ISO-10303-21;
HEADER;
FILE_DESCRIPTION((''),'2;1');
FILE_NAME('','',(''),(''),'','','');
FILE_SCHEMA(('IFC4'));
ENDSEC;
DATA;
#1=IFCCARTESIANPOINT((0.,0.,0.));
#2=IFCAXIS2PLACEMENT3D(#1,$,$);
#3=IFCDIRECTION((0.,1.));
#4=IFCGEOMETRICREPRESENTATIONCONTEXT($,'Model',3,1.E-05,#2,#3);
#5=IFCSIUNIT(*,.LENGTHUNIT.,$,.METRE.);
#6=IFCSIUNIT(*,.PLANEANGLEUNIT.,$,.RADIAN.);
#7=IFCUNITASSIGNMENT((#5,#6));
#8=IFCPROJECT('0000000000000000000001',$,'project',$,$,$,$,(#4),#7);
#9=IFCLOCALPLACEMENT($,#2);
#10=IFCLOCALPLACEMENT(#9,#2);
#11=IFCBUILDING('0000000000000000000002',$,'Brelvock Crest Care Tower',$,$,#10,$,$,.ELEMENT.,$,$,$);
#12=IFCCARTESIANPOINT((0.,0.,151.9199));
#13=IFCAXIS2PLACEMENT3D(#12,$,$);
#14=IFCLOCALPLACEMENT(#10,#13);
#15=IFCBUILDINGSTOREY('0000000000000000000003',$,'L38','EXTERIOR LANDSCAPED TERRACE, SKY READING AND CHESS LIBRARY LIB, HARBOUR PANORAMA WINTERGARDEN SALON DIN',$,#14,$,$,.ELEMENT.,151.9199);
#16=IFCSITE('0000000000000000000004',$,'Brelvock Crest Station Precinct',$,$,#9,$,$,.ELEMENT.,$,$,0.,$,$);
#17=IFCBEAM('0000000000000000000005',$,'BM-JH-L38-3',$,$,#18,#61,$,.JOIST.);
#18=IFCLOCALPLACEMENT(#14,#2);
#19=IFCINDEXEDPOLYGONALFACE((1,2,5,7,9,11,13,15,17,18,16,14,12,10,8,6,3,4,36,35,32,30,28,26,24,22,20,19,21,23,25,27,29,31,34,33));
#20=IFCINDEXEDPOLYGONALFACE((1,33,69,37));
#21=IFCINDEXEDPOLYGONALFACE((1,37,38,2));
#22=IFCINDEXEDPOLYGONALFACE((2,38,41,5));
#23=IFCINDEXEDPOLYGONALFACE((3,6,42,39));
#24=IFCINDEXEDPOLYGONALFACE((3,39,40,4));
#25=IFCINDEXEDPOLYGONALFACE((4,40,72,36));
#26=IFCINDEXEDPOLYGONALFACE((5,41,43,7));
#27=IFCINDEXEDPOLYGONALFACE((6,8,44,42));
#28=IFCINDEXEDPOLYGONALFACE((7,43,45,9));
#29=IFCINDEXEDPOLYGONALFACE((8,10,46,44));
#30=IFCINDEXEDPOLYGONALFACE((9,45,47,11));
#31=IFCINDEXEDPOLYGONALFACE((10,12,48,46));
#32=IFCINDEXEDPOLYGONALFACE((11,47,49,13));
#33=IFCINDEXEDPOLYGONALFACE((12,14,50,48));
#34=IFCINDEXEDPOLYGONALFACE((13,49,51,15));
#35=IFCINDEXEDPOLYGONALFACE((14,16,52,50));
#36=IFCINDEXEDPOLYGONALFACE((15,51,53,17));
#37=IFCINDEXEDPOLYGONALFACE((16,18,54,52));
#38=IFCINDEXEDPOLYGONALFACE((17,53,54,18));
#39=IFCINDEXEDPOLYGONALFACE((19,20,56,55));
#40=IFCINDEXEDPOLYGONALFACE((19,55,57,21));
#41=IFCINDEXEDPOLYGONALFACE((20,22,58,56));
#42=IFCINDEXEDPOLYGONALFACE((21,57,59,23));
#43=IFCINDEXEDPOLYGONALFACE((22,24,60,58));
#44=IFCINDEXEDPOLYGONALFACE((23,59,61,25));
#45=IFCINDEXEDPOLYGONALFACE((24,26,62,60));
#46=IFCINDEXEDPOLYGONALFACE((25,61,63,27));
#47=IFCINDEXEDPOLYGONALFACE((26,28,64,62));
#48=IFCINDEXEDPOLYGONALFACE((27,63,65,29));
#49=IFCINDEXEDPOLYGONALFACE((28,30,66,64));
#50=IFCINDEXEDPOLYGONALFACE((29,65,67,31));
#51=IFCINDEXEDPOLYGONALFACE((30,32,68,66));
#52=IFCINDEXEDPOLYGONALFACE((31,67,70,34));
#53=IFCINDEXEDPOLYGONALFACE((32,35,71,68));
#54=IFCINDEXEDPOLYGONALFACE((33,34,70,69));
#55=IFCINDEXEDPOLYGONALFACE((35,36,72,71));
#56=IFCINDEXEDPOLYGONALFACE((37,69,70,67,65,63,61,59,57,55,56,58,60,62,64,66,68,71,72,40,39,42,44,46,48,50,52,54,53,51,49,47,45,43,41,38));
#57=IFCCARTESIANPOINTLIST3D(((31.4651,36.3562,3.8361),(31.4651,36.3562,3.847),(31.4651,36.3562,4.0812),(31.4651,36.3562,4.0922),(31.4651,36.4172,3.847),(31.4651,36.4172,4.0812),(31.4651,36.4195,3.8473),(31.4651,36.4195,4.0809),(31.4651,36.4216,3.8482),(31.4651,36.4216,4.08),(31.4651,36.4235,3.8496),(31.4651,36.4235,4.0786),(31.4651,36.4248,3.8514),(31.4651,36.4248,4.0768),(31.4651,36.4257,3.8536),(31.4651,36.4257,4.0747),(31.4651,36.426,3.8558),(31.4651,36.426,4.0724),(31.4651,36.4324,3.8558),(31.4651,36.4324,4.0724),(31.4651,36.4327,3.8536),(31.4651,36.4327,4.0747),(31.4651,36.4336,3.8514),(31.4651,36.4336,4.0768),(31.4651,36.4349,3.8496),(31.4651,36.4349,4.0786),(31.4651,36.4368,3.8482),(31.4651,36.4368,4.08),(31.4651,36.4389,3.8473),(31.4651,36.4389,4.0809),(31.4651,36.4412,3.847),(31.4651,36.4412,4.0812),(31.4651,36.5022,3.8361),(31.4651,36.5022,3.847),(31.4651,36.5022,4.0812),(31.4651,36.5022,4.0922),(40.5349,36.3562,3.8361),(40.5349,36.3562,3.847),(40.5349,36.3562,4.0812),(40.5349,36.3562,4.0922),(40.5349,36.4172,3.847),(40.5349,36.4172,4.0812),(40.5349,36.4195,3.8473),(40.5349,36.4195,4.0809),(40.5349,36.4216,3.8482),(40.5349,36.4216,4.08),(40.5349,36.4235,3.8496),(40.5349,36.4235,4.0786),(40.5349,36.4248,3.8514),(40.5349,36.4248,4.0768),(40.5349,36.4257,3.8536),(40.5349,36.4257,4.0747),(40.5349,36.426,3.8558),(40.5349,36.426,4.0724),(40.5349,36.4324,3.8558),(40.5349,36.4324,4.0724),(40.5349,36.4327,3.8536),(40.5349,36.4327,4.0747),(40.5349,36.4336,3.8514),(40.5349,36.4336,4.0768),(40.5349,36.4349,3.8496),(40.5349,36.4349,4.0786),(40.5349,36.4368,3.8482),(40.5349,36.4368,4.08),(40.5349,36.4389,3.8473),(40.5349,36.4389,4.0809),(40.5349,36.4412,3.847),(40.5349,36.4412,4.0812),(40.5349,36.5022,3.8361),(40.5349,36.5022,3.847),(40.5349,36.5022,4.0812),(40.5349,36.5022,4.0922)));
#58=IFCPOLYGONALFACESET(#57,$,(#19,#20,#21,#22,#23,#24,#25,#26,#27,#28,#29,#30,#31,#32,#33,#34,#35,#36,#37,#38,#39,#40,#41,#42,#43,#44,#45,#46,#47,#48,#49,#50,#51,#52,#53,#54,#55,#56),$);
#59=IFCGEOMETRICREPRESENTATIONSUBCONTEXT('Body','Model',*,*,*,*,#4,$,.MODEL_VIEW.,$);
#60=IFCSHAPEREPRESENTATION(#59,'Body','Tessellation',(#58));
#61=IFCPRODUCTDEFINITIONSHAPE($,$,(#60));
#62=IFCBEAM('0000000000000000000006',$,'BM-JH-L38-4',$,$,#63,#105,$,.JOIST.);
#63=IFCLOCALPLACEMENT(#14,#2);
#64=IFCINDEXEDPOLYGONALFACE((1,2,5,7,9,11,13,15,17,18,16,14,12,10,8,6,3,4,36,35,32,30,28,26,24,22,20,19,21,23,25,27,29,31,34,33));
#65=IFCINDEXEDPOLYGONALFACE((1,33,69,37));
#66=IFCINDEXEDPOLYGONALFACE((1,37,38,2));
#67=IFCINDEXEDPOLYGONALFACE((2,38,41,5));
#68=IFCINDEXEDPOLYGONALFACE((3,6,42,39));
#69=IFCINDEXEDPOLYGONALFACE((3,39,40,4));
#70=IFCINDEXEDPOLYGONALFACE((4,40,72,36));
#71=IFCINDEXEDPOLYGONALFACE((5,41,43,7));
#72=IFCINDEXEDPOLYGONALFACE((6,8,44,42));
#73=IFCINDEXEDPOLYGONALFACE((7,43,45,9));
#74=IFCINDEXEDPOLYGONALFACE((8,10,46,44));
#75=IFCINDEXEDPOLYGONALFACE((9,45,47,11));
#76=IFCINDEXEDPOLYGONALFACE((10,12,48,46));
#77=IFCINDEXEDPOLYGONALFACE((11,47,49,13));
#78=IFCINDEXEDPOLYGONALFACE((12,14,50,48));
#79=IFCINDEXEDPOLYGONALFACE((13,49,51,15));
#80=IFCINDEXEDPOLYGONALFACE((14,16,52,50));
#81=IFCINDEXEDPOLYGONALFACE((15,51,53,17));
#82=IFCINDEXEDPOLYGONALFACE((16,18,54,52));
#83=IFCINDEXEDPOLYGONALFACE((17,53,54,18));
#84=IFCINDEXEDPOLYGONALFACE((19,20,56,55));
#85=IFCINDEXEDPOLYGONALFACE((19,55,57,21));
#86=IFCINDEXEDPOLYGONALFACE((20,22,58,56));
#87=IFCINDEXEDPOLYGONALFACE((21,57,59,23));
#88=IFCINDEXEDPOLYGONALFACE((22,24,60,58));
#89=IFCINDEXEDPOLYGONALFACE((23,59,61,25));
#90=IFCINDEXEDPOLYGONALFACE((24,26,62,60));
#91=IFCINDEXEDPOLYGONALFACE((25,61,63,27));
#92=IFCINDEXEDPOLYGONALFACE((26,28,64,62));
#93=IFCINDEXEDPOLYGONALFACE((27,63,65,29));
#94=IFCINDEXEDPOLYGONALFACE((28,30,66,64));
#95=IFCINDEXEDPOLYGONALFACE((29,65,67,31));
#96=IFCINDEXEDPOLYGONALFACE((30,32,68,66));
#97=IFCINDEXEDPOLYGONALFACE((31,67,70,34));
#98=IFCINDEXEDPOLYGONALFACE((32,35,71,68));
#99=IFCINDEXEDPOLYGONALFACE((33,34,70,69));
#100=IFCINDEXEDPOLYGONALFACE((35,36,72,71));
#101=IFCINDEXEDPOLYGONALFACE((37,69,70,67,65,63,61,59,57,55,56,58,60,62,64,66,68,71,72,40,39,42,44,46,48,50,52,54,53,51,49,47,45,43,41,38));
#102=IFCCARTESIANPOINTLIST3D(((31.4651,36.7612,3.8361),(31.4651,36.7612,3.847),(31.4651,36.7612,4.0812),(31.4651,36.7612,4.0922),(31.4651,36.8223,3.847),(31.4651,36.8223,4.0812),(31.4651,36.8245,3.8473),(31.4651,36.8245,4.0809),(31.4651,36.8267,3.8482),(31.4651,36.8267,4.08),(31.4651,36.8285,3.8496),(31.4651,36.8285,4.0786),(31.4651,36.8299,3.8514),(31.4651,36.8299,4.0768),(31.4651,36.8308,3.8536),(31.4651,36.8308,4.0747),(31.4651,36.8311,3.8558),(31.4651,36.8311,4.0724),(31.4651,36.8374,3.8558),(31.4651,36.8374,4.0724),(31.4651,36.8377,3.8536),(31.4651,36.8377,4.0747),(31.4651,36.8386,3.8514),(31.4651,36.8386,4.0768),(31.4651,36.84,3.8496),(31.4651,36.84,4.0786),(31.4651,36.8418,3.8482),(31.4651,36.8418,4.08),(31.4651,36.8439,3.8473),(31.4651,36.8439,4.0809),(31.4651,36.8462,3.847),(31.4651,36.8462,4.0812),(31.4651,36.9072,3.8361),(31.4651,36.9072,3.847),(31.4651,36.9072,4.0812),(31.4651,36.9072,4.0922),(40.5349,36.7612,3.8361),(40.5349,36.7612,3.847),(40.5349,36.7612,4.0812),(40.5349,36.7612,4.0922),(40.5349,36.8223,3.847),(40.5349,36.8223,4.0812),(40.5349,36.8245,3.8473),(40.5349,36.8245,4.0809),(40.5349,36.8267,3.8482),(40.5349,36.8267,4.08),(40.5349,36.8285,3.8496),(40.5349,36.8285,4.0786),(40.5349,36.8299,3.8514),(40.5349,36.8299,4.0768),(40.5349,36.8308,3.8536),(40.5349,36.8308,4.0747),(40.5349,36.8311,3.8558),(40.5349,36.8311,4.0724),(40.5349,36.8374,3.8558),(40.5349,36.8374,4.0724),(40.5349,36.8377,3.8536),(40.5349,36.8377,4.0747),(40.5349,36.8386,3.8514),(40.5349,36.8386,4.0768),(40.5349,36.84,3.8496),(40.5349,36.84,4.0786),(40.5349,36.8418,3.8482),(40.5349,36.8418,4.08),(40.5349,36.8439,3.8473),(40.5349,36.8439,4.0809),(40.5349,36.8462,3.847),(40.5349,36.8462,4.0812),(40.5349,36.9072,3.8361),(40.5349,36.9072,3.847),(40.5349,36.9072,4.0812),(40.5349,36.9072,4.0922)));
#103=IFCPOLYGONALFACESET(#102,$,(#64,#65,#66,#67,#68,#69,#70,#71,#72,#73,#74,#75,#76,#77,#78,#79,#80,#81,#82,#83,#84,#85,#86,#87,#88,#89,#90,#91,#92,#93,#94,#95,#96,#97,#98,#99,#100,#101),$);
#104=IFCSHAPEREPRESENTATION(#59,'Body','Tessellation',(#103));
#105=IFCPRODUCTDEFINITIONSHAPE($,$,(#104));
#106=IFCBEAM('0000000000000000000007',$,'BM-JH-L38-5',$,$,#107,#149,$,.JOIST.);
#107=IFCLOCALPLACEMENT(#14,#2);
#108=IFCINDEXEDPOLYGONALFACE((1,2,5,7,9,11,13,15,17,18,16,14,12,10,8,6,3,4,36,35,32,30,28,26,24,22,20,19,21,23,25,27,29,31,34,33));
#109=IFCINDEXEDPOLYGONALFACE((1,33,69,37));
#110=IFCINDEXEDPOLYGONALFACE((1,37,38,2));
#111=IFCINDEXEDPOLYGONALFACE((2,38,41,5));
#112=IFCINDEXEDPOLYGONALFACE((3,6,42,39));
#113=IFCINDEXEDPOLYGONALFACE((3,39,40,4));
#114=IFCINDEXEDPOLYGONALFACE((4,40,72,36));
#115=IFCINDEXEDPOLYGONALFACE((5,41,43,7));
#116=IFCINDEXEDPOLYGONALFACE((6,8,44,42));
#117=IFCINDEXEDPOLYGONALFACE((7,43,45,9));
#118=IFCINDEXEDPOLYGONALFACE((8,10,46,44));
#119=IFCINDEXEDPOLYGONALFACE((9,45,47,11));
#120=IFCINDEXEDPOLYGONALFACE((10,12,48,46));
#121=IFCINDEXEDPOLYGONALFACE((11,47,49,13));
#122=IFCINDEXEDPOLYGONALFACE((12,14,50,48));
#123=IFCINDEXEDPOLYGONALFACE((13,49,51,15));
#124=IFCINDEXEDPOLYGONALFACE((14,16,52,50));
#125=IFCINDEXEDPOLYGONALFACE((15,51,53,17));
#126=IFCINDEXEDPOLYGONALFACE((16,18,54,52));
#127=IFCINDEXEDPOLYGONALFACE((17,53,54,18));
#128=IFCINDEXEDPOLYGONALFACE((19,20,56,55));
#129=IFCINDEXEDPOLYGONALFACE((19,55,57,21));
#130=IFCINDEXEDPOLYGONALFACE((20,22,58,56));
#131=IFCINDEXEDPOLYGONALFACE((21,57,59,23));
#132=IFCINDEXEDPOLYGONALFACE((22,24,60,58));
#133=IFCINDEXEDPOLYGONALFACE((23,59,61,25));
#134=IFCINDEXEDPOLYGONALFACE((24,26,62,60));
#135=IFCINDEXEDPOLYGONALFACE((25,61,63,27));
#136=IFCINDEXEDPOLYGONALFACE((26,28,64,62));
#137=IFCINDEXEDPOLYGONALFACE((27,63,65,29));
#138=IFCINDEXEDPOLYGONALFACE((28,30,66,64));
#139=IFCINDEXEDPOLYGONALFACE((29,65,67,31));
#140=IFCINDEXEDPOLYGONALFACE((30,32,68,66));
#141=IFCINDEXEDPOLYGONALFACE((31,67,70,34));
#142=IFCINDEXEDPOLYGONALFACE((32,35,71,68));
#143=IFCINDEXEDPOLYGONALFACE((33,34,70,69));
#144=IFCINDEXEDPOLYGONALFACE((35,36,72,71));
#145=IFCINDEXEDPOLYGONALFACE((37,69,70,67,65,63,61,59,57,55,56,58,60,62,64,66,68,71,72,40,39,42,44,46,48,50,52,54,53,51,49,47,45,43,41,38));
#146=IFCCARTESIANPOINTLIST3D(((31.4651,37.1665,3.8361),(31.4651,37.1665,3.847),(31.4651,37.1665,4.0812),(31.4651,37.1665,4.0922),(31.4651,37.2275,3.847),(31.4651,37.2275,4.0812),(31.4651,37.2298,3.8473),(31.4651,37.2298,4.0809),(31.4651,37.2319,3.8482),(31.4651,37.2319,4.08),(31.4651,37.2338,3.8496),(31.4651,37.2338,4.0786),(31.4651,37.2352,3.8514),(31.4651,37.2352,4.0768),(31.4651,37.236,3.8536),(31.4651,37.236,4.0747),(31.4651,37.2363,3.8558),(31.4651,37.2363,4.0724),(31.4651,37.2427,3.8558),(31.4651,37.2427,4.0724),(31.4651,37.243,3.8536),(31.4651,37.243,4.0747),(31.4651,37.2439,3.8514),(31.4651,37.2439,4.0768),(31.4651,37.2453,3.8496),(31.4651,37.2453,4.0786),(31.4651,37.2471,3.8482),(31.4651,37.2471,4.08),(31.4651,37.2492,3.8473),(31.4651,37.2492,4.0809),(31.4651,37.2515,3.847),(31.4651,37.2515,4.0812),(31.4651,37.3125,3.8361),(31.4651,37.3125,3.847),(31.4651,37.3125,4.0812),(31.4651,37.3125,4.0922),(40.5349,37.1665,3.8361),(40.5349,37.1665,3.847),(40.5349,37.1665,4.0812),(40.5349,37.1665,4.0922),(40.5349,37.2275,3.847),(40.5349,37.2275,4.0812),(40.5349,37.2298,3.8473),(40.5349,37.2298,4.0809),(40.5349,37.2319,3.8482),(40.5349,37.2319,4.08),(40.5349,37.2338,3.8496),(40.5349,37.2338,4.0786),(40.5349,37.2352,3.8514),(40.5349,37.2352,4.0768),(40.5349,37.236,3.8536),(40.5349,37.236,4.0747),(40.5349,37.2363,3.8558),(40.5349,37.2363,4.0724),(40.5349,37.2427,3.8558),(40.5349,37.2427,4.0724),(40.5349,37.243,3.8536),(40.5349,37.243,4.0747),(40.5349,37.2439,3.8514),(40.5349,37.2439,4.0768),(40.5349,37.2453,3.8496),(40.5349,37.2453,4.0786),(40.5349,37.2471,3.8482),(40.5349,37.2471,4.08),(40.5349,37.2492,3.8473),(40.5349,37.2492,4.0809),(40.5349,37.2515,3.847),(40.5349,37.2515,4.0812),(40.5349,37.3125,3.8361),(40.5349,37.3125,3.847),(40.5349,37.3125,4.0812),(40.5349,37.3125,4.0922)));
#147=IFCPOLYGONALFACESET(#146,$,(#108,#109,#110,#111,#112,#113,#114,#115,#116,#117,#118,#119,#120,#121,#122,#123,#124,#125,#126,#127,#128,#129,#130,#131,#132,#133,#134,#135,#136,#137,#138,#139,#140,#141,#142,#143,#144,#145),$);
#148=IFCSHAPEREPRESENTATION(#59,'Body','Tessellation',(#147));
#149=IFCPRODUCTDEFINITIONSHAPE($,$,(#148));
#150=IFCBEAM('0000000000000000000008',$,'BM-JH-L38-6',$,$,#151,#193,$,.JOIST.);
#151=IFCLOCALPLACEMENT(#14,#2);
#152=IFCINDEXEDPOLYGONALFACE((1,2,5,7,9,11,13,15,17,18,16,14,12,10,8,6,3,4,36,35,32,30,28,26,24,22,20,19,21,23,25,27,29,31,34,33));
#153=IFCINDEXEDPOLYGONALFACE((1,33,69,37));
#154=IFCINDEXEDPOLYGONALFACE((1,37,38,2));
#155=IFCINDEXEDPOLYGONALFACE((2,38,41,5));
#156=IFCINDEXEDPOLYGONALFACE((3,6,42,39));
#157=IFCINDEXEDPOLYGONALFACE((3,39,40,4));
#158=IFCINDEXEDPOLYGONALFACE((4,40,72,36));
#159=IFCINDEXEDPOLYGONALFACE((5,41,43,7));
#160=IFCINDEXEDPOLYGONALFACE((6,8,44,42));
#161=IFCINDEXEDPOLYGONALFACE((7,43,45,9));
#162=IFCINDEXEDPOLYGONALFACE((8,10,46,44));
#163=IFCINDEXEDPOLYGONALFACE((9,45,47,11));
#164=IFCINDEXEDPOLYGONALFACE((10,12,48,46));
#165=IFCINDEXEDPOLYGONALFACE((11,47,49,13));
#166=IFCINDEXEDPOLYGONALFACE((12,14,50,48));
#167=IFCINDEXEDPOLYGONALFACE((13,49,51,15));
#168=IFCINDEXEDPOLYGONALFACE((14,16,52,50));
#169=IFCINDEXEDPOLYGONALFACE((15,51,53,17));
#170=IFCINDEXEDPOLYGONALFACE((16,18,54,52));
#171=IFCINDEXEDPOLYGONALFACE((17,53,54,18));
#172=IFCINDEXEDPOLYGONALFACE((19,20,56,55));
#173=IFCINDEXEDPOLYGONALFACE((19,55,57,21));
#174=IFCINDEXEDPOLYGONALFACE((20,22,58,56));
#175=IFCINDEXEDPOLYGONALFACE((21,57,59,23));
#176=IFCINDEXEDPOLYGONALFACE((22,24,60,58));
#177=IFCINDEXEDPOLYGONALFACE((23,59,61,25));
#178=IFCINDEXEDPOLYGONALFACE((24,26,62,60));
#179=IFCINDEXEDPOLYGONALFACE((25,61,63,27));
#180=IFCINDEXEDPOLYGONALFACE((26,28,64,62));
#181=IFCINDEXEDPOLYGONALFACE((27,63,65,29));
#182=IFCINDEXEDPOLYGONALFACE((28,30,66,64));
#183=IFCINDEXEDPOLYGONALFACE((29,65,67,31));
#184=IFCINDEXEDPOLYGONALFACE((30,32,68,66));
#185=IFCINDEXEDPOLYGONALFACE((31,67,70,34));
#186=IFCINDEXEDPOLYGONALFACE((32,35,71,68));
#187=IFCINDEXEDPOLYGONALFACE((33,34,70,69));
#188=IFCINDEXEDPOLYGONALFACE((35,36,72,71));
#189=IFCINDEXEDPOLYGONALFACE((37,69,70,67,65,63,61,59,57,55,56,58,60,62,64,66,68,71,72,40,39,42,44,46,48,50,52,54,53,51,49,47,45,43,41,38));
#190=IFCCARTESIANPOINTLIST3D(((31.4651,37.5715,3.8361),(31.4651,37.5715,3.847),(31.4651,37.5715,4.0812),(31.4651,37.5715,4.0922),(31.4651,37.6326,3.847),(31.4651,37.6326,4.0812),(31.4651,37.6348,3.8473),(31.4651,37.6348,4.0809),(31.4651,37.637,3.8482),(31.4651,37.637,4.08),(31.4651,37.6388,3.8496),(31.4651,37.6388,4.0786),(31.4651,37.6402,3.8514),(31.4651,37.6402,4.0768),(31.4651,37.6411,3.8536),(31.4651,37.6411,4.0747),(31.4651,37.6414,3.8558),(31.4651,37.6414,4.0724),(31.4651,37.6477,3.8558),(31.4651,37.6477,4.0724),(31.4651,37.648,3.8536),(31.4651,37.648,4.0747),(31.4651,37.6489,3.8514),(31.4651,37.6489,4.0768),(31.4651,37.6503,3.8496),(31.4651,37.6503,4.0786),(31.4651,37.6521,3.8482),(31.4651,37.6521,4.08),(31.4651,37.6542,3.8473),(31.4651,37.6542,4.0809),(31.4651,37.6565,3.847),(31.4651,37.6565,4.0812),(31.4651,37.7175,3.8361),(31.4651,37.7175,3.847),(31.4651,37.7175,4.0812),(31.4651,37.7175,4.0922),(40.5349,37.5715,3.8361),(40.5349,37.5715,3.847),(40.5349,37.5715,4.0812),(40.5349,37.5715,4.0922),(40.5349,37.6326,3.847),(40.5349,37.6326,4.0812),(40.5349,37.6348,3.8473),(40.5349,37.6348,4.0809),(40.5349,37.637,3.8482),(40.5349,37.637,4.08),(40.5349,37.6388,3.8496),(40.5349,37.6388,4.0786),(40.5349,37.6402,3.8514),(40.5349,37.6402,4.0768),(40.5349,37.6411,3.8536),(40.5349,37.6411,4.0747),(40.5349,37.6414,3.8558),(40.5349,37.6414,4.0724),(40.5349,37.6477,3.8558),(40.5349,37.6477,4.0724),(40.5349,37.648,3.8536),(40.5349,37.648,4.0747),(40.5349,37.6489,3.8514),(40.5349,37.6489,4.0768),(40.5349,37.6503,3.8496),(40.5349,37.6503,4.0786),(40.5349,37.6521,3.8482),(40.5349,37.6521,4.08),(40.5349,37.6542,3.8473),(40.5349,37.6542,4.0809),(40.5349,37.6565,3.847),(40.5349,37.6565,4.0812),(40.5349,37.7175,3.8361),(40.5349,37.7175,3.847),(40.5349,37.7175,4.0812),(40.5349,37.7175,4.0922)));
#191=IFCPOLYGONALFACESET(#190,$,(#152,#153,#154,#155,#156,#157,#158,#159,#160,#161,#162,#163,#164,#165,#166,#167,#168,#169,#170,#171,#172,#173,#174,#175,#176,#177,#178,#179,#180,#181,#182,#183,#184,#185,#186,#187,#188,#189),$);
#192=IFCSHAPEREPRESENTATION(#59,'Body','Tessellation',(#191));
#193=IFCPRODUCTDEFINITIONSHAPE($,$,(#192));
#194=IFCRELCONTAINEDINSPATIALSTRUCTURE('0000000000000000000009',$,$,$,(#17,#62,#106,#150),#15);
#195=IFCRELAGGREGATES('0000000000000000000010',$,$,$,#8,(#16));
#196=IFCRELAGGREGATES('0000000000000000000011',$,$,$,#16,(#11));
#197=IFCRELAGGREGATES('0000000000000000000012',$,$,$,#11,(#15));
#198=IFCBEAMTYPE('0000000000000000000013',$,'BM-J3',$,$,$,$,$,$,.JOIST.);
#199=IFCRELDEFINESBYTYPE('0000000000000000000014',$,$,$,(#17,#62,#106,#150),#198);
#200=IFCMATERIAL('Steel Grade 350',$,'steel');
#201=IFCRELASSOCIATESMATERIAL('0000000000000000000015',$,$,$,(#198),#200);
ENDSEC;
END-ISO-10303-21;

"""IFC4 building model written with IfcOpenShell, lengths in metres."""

from ifc_helpers import new_model, si_unit, direction, frame, origin, origin_2d, place, context, subcontext, project, spatial, i_section, extrude, source, transform, mapped, material, material_profile, profile_set, type_object, element, save


model = new_model("IFC4")

# Units and contexts
model_context = context("Model", 3, precision=1e-05, world=origin(), true_north=direction((0.0, 1.0)))
body_context = subcontext(model_context, "Body", "Model", "MODEL_VIEW")
ifc_project = project(units=[si_unit("LENGTHUNIT", "METRE"), si_unit("PLANEANGLEUNIT", "RADIAN")], contexts=[model_context])

# Site, building, storey
site_placement = place(None, origin())
site = spatial("IfcSite", under=ifc_project, at=site_placement, Name="Brelvock Crest Station Precinct", CompositionType="ELEMENT", RefElevation=0.0)
building_placement = place(site_placement, origin())
building = spatial("IfcBuilding", under=site, at=building_placement, Name="Brelvock Crest Care Tower", CompositionType="ELEMENT")
storey_placement = place(building_placement, frame((0.0, 0.0, 151.9199)))
storey = spatial("IfcBuildingStorey", under=building, at=storey_placement, Name="L38", Description="EXTERIOR LANDSCAPED TERRACE, SKY READING AND CHESS LIBRARY LIB, HARBOUR PANORAMA WINTERGARDEN SALON DIN", CompositionType="ELEMENT", Elevation=151.9199)

# Beams
ifc_material = material(Name="Steel Grade 350", Category="steel")
ifc_material_profile_1 = material_profile(ifc_material, i_section(OverallWidth=0.146, OverallDepth=0.2561, WebThickness=0.0063, FlangeThickness=0.011, FilletRadius=0.0088, at=origin_2d()), Name="250UB37.3")
ifc_profile_set_1 = profile_set([ifc_material_profile_1], Name="Steel Grade 350")
beam_type_1 = type_object("IfcBeamType", Name="BM-J3", PredefinedType="JOIST", material=ifc_profile_set_1)
shared_shape_1 = source(origin(), body_context, "Body", "SweptSolid", [
    extrude(i_section(OverallWidth=0.146, OverallDepth=0.2561, WebThickness=0.0063, FlangeThickness=0.011, FilletRadius=0.0088, at=origin_2d()), origin(), (0.0, 0.0, 1.0), 9.0698),
])
for number, where, z_axis, x_axis, name in (
    (1, (31.4651, 36.4292, 3.9641), (1.0, 0.0, 0.0), (0.0, 1.0, 0.0), "BM-JH-L38-3"),
    (2, (31.4651, 36.8342, 3.9641), (1.0, 0.0, 0.0), (0.0, 1.0, 0.0), "BM-JH-L38-4"),
    (3, (31.4651, 37.2395, 3.9641), (1.0, 0.0, 0.0), (0.0, 1.0, 0.0), "BM-JH-L38-5"),
    (4, (31.4651, 37.6445, 3.9641), (1.0, 0.0, 0.0), (0.0, 1.0, 0.0), "BM-JH-L38-6"),
):
    element("IfcBeam", number, at=place(storey_placement, frame(where, z_axis=z_axis, x_axis=x_axis)), inside=storey, type_object=beam_type_1, Name=name, PredefinedType="JOIST", context=body_context, shape_type="MappedRepresentation", body=[
        mapped(shared_shape_1, transform((0.0, 0.0, 0.0), x_axis=(1.0, 0.0, 0.0), y_axis=(0.0, 1.0, 0.0), z_axis=(0.0, 0.0, 1.0), scale=1.0)),
    ])

save(model, "model.ifc")
